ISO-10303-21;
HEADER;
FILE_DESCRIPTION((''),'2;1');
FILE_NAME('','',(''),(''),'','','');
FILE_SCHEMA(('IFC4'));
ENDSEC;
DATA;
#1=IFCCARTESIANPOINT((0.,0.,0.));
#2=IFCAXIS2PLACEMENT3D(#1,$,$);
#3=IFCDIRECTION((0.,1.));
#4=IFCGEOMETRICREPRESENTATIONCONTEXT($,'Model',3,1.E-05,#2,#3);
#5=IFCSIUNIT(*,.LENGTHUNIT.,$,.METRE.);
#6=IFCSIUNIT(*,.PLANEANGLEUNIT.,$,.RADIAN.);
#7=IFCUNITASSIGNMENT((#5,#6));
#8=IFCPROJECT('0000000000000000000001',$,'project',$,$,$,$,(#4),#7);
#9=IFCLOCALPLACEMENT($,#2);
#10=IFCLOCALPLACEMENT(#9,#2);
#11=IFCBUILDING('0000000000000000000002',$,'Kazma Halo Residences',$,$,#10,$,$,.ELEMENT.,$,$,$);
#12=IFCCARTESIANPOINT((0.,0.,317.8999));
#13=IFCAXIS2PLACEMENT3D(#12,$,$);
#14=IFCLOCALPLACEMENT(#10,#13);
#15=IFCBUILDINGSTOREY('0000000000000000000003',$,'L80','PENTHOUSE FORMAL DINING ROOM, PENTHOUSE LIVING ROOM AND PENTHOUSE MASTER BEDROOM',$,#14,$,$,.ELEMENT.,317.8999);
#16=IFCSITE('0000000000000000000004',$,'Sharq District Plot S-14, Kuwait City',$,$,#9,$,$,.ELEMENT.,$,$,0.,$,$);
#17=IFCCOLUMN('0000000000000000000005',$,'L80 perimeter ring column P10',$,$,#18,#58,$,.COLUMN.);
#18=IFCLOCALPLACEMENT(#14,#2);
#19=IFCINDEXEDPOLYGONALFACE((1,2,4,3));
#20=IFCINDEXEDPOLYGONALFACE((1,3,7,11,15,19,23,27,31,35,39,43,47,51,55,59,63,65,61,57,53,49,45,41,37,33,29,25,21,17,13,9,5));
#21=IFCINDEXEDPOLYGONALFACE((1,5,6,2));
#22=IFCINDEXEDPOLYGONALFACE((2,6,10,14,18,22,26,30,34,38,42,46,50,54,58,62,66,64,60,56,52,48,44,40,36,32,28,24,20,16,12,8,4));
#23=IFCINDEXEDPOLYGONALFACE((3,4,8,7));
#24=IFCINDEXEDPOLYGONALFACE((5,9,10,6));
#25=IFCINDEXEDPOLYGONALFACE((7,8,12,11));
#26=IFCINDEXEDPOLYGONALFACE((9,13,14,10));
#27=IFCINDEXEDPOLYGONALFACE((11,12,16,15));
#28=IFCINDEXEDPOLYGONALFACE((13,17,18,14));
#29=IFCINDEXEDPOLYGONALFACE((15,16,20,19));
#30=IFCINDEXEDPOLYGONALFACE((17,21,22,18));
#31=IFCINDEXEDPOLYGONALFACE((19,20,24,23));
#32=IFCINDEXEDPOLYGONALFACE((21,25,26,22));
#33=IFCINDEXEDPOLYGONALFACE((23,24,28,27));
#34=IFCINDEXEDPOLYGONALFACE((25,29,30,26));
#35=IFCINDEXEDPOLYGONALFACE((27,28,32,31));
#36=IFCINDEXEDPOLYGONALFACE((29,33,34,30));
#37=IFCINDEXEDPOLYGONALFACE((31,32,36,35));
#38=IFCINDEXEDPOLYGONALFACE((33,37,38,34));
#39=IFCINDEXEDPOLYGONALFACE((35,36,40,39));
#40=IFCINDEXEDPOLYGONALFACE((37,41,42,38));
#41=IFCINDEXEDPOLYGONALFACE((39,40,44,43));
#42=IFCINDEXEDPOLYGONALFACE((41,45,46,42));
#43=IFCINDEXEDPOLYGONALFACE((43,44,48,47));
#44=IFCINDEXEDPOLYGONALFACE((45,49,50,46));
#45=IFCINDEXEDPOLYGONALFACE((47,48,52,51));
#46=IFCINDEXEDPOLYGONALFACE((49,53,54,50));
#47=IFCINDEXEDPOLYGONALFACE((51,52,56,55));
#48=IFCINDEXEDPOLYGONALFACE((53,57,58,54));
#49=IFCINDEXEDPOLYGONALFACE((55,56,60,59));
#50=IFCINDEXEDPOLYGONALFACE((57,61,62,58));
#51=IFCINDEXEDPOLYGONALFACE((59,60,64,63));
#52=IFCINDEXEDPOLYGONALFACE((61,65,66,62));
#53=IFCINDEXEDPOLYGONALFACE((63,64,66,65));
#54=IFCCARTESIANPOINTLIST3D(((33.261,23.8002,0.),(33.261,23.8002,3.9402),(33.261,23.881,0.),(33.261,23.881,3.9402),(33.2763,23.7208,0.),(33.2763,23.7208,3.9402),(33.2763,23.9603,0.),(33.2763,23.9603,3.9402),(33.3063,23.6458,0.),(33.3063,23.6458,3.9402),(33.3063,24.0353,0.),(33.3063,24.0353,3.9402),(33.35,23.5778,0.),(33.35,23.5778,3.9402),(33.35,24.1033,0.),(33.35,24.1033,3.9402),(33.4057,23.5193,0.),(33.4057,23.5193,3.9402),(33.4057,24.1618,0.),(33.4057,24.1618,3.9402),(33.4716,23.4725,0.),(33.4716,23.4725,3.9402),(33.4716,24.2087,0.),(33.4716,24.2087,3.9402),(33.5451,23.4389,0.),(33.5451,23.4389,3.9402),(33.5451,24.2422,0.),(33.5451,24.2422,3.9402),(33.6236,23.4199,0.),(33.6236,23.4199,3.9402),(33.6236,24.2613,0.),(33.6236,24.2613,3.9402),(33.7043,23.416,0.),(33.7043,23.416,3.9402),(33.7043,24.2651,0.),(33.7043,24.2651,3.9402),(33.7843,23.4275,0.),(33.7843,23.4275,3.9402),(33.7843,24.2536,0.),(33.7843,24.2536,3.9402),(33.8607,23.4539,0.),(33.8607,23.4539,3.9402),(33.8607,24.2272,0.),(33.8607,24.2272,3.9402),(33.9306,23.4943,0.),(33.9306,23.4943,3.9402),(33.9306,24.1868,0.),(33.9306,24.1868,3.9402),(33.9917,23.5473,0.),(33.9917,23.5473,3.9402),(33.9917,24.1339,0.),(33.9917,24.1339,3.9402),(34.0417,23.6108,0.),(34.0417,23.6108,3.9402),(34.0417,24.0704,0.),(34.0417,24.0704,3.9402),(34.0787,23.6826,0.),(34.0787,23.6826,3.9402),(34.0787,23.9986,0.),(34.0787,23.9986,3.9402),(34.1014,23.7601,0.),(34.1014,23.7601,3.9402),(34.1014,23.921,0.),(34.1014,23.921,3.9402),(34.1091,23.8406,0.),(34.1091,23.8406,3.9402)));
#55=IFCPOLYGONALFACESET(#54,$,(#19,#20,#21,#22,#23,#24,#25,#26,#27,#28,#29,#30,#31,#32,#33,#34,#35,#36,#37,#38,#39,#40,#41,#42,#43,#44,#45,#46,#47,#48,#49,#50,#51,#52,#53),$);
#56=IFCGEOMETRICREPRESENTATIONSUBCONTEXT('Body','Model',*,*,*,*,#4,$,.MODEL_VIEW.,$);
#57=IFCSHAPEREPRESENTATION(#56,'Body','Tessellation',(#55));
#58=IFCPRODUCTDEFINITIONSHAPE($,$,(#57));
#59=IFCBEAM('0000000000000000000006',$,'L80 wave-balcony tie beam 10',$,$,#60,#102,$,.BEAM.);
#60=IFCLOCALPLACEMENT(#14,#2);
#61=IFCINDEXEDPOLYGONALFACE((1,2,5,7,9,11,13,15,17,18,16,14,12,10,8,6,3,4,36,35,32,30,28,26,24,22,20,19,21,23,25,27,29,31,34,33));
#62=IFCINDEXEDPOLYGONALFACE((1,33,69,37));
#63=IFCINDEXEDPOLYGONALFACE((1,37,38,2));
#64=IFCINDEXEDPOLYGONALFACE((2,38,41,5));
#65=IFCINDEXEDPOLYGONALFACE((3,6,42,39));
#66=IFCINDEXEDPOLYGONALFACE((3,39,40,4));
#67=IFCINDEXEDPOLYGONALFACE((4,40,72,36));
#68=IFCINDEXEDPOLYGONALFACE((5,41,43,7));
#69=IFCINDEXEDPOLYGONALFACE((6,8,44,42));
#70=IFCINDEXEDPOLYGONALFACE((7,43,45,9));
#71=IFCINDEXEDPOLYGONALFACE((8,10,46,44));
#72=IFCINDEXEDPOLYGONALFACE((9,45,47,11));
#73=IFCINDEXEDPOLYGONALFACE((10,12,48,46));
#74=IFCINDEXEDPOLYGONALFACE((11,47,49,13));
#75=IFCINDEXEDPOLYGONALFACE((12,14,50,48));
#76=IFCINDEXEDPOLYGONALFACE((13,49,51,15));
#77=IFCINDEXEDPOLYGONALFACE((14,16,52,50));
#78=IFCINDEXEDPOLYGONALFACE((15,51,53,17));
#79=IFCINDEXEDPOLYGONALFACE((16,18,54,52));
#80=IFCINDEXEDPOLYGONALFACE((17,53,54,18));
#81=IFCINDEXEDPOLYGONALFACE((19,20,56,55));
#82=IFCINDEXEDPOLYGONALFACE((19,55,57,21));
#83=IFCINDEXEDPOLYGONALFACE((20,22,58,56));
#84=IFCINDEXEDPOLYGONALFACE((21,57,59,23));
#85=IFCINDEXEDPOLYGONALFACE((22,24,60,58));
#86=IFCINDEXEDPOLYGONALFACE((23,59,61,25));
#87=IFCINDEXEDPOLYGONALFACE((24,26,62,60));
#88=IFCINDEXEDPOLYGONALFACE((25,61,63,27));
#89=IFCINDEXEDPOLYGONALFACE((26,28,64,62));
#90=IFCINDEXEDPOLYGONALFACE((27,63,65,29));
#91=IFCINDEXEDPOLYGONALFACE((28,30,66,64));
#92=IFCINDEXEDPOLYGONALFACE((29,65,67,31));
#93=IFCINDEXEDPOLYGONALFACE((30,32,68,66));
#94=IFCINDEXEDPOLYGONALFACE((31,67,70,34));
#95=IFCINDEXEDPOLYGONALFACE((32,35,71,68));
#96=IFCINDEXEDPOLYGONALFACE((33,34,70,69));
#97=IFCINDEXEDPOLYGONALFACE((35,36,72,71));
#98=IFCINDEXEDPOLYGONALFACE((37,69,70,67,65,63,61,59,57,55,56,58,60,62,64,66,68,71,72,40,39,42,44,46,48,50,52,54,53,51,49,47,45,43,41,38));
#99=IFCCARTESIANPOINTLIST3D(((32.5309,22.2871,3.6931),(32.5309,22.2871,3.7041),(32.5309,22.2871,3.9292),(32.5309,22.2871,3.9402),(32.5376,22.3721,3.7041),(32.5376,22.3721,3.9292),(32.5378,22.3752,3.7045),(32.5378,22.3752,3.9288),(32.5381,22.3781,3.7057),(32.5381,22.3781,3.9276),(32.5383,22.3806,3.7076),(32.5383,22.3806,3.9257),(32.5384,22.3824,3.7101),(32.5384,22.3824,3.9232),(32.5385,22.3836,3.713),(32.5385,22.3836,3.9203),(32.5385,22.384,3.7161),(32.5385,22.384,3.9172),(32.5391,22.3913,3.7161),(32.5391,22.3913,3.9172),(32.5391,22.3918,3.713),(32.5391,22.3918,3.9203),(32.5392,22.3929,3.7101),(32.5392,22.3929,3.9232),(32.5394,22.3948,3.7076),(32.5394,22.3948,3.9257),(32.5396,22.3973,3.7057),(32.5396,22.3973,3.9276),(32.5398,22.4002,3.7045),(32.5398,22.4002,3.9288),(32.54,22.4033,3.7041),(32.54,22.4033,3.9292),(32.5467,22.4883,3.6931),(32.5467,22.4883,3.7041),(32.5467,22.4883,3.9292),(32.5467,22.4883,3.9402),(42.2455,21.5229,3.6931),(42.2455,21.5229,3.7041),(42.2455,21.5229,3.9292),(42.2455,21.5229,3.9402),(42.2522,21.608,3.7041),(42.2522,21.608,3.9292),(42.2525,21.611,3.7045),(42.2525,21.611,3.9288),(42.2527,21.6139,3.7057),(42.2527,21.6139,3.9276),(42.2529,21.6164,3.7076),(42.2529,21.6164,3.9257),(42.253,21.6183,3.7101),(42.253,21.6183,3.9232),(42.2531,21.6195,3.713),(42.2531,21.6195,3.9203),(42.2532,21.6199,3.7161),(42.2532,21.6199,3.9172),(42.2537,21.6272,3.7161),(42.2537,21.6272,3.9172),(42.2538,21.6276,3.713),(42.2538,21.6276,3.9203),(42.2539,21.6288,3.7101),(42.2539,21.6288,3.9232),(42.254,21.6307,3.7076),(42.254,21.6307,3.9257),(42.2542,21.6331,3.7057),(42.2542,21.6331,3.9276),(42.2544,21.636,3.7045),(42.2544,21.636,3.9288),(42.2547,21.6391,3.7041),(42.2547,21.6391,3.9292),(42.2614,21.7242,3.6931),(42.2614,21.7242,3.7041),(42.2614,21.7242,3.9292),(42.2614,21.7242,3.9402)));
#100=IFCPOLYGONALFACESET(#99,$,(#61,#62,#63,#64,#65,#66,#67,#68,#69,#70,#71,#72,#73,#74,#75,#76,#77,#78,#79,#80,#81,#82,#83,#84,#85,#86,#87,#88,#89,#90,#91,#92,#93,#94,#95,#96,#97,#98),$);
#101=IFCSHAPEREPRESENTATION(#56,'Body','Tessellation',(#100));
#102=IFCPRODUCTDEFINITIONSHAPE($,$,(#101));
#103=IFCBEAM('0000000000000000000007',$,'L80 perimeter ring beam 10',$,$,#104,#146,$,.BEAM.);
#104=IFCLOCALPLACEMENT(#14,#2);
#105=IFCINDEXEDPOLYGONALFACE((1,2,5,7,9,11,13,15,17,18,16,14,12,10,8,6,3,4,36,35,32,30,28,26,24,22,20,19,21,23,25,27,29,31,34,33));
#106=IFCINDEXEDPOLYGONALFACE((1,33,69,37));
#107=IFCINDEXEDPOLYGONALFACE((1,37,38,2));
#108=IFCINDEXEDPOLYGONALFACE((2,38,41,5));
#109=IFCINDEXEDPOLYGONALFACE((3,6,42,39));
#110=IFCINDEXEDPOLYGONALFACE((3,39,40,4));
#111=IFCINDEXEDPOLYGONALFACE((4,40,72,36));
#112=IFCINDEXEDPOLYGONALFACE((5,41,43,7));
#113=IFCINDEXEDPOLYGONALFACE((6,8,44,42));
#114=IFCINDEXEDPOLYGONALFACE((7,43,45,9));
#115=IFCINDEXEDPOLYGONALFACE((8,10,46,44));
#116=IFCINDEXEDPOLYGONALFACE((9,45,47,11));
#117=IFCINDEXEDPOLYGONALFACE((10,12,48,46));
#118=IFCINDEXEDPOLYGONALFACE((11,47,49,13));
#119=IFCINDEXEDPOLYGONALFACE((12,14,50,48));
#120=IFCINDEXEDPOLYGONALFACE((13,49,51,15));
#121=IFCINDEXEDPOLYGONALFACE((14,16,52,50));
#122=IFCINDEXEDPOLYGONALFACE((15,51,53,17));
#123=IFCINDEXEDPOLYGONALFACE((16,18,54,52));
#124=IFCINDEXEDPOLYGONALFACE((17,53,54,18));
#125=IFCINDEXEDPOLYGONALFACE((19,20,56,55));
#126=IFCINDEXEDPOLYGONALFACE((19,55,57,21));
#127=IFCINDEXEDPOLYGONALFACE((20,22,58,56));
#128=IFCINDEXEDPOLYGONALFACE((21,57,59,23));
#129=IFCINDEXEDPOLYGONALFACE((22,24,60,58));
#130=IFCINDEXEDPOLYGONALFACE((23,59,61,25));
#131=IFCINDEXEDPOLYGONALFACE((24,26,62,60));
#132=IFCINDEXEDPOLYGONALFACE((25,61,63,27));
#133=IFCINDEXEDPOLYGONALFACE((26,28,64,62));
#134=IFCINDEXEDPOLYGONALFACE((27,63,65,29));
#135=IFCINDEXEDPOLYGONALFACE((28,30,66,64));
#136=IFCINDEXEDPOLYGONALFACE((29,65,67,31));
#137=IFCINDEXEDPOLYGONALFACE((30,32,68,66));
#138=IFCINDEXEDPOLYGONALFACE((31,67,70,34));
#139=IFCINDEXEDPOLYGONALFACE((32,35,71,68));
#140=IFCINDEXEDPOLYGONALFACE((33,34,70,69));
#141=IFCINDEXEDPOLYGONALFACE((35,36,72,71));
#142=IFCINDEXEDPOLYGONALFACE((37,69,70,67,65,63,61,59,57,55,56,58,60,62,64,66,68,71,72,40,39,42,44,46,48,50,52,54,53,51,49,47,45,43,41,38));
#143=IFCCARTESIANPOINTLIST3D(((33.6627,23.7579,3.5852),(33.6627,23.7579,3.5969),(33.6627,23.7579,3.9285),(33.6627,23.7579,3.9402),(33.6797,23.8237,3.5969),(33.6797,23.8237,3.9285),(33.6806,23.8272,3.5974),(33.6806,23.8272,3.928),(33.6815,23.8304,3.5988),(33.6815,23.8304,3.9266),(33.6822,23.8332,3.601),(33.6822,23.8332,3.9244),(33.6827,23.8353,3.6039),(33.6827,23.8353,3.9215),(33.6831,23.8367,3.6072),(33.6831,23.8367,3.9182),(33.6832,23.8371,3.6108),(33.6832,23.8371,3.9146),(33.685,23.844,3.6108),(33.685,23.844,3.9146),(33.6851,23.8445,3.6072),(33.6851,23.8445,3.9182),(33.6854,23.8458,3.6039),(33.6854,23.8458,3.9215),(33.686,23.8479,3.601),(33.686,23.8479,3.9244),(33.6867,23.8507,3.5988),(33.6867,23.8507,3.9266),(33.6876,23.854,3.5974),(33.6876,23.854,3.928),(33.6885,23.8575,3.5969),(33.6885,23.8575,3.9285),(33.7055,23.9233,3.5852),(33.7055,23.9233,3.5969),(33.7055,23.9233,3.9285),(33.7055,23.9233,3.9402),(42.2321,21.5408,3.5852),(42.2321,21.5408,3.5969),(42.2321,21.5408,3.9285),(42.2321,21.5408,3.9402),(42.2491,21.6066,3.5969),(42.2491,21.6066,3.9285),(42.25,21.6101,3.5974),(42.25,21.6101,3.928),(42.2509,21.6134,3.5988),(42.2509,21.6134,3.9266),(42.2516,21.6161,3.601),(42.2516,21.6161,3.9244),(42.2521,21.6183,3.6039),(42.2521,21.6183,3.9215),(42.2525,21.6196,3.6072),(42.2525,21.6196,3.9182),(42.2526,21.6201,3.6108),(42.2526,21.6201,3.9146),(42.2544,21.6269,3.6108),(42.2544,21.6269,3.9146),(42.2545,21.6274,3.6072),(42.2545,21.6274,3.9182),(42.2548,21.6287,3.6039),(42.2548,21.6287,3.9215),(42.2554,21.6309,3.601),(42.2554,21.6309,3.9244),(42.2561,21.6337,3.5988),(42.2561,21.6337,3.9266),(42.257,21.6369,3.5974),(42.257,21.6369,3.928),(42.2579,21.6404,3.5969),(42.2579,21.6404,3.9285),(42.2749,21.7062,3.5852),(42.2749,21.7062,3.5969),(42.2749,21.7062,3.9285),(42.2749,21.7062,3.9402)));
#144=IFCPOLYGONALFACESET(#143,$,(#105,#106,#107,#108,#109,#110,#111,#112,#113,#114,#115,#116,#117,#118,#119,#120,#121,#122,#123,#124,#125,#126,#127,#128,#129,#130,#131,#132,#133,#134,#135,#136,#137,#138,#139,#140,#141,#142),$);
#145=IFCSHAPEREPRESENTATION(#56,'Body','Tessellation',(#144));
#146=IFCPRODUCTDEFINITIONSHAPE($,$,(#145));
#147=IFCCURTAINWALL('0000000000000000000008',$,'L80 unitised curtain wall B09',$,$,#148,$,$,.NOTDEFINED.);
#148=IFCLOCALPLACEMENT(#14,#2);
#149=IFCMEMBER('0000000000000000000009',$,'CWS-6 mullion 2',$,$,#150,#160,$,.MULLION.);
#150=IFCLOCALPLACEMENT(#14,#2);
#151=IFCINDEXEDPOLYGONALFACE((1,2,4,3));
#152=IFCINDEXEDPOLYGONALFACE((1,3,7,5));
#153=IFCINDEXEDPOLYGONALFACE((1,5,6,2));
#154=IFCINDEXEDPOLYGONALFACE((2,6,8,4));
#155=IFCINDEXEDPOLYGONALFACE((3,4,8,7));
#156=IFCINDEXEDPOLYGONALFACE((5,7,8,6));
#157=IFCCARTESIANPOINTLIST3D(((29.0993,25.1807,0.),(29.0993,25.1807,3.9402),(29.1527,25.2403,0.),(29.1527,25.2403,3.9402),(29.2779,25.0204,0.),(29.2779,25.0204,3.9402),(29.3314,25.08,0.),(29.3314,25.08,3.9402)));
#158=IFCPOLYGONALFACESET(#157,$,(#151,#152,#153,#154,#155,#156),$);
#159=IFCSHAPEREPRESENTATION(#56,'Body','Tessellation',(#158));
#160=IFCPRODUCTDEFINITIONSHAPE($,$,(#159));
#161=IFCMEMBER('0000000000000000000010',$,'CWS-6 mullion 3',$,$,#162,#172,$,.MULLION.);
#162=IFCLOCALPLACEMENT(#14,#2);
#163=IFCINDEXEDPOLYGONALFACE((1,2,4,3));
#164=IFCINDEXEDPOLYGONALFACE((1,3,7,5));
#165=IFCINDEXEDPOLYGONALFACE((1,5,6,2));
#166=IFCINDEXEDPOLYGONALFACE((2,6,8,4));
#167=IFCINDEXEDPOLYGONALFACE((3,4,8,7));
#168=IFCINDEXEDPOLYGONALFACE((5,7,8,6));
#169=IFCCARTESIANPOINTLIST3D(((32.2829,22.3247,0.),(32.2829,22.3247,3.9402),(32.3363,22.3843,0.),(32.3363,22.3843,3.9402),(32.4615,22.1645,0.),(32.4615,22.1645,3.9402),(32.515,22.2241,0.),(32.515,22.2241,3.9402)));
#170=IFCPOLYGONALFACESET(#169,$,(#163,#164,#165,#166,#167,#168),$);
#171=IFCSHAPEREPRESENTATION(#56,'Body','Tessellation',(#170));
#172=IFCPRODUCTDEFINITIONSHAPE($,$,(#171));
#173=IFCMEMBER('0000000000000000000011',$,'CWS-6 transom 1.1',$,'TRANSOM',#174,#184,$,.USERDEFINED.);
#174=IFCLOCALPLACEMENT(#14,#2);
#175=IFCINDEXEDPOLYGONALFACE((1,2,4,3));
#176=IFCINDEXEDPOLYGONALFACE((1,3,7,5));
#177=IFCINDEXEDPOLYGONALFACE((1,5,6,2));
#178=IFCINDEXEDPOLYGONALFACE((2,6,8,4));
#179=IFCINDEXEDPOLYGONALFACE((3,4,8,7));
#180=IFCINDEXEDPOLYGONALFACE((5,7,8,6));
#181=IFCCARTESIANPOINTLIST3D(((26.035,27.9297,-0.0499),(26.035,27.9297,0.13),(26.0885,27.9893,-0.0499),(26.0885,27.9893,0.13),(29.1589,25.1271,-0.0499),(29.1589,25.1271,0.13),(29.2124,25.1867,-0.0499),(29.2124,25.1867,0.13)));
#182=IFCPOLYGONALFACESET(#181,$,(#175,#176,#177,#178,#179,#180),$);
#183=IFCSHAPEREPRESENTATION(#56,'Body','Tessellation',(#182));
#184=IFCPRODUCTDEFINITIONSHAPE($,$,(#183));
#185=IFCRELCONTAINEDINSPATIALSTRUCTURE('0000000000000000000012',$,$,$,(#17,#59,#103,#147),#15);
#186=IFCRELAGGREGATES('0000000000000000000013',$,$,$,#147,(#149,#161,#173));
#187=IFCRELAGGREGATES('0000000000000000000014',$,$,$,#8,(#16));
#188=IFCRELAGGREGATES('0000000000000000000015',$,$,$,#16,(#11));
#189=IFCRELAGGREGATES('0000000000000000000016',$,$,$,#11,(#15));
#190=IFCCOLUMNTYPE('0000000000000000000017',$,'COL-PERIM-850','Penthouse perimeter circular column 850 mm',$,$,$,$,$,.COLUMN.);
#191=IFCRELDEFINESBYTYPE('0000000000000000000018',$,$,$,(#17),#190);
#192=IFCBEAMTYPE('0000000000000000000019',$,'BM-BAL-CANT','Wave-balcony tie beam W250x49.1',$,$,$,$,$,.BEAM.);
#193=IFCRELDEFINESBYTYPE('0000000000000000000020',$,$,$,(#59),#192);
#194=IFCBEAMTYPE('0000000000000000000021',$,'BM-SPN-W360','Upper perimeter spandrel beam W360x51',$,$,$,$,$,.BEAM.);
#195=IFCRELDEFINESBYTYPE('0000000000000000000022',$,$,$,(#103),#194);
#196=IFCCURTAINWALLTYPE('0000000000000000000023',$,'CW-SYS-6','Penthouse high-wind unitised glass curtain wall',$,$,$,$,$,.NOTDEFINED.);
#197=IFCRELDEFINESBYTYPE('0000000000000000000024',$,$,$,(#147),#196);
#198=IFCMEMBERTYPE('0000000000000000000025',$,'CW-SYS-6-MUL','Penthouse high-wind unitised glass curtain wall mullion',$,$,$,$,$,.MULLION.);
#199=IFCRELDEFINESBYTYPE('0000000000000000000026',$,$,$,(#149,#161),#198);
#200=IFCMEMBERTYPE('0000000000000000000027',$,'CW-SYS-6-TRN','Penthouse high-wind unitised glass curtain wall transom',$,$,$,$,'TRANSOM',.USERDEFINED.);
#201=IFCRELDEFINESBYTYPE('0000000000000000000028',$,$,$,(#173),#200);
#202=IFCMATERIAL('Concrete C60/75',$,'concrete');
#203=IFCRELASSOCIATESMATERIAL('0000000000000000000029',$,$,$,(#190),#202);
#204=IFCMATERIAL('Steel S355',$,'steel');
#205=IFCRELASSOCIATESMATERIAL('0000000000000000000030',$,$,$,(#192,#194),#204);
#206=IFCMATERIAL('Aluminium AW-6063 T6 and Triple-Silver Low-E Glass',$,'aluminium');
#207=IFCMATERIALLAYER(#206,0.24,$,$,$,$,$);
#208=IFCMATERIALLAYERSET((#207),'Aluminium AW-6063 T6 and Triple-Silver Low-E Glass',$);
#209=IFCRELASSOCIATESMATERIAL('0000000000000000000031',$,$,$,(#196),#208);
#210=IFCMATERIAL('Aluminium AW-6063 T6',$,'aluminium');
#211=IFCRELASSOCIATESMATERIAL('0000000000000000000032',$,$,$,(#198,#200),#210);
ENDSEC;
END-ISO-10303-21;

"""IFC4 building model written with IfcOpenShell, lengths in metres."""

from ifc_helpers import new_model, si_unit, direction, frame, origin, origin_2d, place, context, subcontext, project, spatial, rectangle, circle, i_section, extrude, material, layer, layer_set, material_profile, profile_set, type_object, element, aggregate, save


model = new_model("IFC4")

# Units and contexts
model_context = context("Model", 3, precision=1e-05, world=origin(), true_north=direction((0.0, 1.0)))
body_context = subcontext(model_context, "Body", "Model", "MODEL_VIEW")
ifc_project = project(units=[si_unit("LENGTHUNIT", "METRE"), si_unit("PLANEANGLEUNIT", "RADIAN")], contexts=[model_context])

# Site, building, storey
site_placement = place(None, origin())
site = spatial("IfcSite", under=ifc_project, at=site_placement, Name="Sharq District Plot S-14, Kuwait City", CompositionType="ELEMENT", RefElevation=0.0)
building_placement = place(site_placement, origin())
building = spatial("IfcBuilding", under=site, at=building_placement, Name="Kazma Halo Residences", CompositionType="ELEMENT")
storey_placement = place(building_placement, frame((0.0, 0.0, 317.8999)))
storey = spatial("IfcBuildingStorey", under=building, at=storey_placement, Name="L80", Description="PENTHOUSE FORMAL DINING ROOM, PENTHOUSE LIVING ROOM AND PENTHOUSE MASTER BEDROOM", CompositionType="ELEMENT", Elevation=317.8999)

# Column
ifc_material_1 = material(Name="Concrete C60/75", Category="concrete")
ifc_material_profile_1 = material_profile(ifc_material_1, circle(Radius=0.425, at=origin_2d()), Name="CIRC850")
ifc_profile_set_1 = profile_set([ifc_material_profile_1], Name="Concrete C60/75")
column_type = type_object("IfcColumnType", Name="COL-PERIM-850", Description="Penthouse perimeter circular column 850 mm", PredefinedType="COLUMN", material=ifc_profile_set_1)
column_placement = place(storey_placement, frame((33.6841, 23.8406, 0.0), z_axis=(0.0, 0.0, 1.0), x_axis=(1.0, 0.0, 0.0)))
element("IfcColumn", 1, at=column_placement, inside=storey, type_object=column_type, Name="L80 perimeter ring column P10", PredefinedType="COLUMN", context=body_context, shape_type="SweptSolid", body=[
    extrude(circle(Radius=0.425, at=origin_2d()), origin(), (0.0, 0.0, 1.0), 3.9402),
])

# Beams
ifc_material_2 = material(Name="Steel S355", Category="steel")
ifc_material_profile_2 = material_profile(ifc_material_2, i_section(OverallWidth=0.2019, OverallDepth=0.2471, WebThickness=0.0073, FlangeThickness=0.011, FilletRadius=0.012, at=origin_2d()), Name="W250x49.1")
ifc_profile_set_2 = profile_set([ifc_material_profile_2], Name="Steel S355")
beam_type_1 = type_object("IfcBeamType", Name="BM-BAL-CANT", Description="Wave-balcony tie beam W250x49.1", PredefinedType="BEAM", material=ifc_profile_set_2)
beam_1_placement = place(storey_placement, frame((32.5388, 22.3877, 3.8167), z_axis=(0.996921, -0.078419, 0.0), x_axis=(0.078419, 0.996921, 0.0)))
element("IfcBeam", 2, at=beam_1_placement, inside=storey, type_object=beam_type_1, Name="L80 wave-balcony tie beam 10", PredefinedType="BEAM", context=body_context, shape_type="SweptSolid", body=[
    extrude(i_section(OverallWidth=0.2019, OverallDepth=0.2471, WebThickness=0.0073, FlangeThickness=0.011, FilletRadius=0.012, at=origin_2d()), origin(), (0.0, 0.0, 1.0), 9.7446),
])
ifc_material_profile_3 = material_profile(ifc_material_2, i_section(OverallWidth=0.1709, OverallDepth=0.355, WebThickness=0.0071, FlangeThickness=0.0117, FilletRadius=0.0139, at=origin_2d()), Name="W360x51")
ifc_profile_set_3 = profile_set([ifc_material_profile_3], Name="Steel S355")
beam_type_2 = type_object("IfcBeamType", Name="BM-SPN-W360", Description="Upper perimeter spandrel beam W360x51", PredefinedType="BEAM", material=ifc_profile_set_3)
beam_2_placement = place(storey_placement, frame((33.6841, 23.8406, 3.7627), z_axis=(0.968124, -0.250471, 0.0), x_axis=(0.250471, 0.968124, 0.0)))
element("IfcBeam", 3, at=beam_2_placement, inside=storey, type_object=beam_type_2, Name="L80 perimeter ring beam 10", PredefinedType="BEAM", context=body_context, shape_type="SweptSolid", body=[
    extrude(i_section(OverallWidth=0.1709, OverallDepth=0.355, WebThickness=0.0071, FlangeThickness=0.0117, FilletRadius=0.0139, at=origin_2d()), origin(), (0.0, 0.0, 1.0), 8.8516),
])

# Curtain wall, members
ifc_material_3 = material(Name="Aluminium AW-6063 T6 and Triple-Silver Low-E Glass", Category="aluminium")
ifc_layer_1 = layer(ifc_material_3, 0.24)
ifc_layer_set_1 = layer_set([ifc_layer_1], Name="Aluminium AW-6063 T6 and Triple-Silver Low-E Glass")
curtain_wall_type = type_object("IfcCurtainWallType", Name="CW-SYS-6", Description="Penthouse high-wind unitised glass curtain wall", PredefinedType="NOTDEFINED", material=ifc_layer_set_1)
curtain_wall_placement = place(storey_placement, origin())
curtain_wall = element("IfcCurtainWall", 4, at=curtain_wall_placement, inside=storey, type_object=curtain_wall_type, Name="L80 unitised curtain wall B09", PredefinedType="NOTDEFINED")
ifc_material_4 = material(Name="Aluminium AW-6063 T6", Category="aluminium")
ifc_material_profile_4 = material_profile(ifc_material_4, rectangle(XDim=0.0801, YDim=0.24, at=origin_2d()), Name="CWM-80x240")
ifc_profile_set_4 = profile_set([ifc_material_profile_4], Name="Aluminium AW-6063 T6")
member_type_1 = type_object("IfcMemberType", Name="CW-SYS-6-MUL", Description="Penthouse high-wind unitised glass curtain wall mullion", PredefinedType="MULLION", material=ifc_profile_set_4)
member_1_placement = place(storey_placement, frame((29.2153, 25.1304, 0.0), z_axis=(0.0, 0.0, 1.0), x_axis=(0.667758, 0.744379, 0.0)))
member_1 = element("IfcMember", 5, at=member_1_placement, type_object=member_type_1, Name="CWS-6 mullion 2", PredefinedType="MULLION", context=body_context, shape_type="SweptSolid", body=[
    extrude(rectangle(XDim=0.0801, YDim=0.24, at=origin_2d()), origin(), (0.0, 0.0, 1.0), 3.9402),
])
member_2_placement = place(storey_placement, frame((32.3989, 22.2744, 0.0), z_axis=(0.0, 0.0, 1.0), x_axis=(0.667758, 0.744379, 0.0)))
member_2 = element("IfcMember", 6, at=member_2_placement, type_object=member_type_1, Name="CWS-6 mullion 3", PredefinedType="MULLION", context=body_context, shape_type="SweptSolid", body=[
    extrude(rectangle(XDim=0.0801, YDim=0.24, at=origin_2d()), origin(), (0.0, 0.0, 1.0), 3.9402),
])
ifc_material_profile_5 = material_profile(ifc_material_4, rectangle(XDim=0.0801, YDim=0.1799, at=origin_2d()), Name="CWT-80x180")
ifc_profile_set_5 = profile_set([ifc_material_profile_5], Name="Aluminium AW-6063 T6")
member_type_2 = type_object("IfcMemberType", Name="CW-SYS-6-TRN", Description="Penthouse high-wind unitised glass curtain wall transom", ElementType="TRANSOM", PredefinedType="USERDEFINED", material=ifc_profile_set_5)
member_3_placement = place(storey_placement, frame((26.0618, 27.9595, 0.04), z_axis=(0.744349, -0.667791, 0.0), x_axis=(0.667791, 0.744349, 0.0)))
member_3 = element("IfcMember", 7, at=member_3_placement, type_object=member_type_2, Name="CWS-6 transom 1.1", ObjectType="TRANSOM", PredefinedType="USERDEFINED", context=body_context, shape_type="SweptSolid", body=[
    extrude(rectangle(XDim=0.0801, YDim=0.1799, at=origin_2d()), origin(), (0.0, 0.0, 1.0), 4.1968),
])
aggregate(curtain_wall, [member_1, member_2, member_3])

save(model, "model.ifc")
